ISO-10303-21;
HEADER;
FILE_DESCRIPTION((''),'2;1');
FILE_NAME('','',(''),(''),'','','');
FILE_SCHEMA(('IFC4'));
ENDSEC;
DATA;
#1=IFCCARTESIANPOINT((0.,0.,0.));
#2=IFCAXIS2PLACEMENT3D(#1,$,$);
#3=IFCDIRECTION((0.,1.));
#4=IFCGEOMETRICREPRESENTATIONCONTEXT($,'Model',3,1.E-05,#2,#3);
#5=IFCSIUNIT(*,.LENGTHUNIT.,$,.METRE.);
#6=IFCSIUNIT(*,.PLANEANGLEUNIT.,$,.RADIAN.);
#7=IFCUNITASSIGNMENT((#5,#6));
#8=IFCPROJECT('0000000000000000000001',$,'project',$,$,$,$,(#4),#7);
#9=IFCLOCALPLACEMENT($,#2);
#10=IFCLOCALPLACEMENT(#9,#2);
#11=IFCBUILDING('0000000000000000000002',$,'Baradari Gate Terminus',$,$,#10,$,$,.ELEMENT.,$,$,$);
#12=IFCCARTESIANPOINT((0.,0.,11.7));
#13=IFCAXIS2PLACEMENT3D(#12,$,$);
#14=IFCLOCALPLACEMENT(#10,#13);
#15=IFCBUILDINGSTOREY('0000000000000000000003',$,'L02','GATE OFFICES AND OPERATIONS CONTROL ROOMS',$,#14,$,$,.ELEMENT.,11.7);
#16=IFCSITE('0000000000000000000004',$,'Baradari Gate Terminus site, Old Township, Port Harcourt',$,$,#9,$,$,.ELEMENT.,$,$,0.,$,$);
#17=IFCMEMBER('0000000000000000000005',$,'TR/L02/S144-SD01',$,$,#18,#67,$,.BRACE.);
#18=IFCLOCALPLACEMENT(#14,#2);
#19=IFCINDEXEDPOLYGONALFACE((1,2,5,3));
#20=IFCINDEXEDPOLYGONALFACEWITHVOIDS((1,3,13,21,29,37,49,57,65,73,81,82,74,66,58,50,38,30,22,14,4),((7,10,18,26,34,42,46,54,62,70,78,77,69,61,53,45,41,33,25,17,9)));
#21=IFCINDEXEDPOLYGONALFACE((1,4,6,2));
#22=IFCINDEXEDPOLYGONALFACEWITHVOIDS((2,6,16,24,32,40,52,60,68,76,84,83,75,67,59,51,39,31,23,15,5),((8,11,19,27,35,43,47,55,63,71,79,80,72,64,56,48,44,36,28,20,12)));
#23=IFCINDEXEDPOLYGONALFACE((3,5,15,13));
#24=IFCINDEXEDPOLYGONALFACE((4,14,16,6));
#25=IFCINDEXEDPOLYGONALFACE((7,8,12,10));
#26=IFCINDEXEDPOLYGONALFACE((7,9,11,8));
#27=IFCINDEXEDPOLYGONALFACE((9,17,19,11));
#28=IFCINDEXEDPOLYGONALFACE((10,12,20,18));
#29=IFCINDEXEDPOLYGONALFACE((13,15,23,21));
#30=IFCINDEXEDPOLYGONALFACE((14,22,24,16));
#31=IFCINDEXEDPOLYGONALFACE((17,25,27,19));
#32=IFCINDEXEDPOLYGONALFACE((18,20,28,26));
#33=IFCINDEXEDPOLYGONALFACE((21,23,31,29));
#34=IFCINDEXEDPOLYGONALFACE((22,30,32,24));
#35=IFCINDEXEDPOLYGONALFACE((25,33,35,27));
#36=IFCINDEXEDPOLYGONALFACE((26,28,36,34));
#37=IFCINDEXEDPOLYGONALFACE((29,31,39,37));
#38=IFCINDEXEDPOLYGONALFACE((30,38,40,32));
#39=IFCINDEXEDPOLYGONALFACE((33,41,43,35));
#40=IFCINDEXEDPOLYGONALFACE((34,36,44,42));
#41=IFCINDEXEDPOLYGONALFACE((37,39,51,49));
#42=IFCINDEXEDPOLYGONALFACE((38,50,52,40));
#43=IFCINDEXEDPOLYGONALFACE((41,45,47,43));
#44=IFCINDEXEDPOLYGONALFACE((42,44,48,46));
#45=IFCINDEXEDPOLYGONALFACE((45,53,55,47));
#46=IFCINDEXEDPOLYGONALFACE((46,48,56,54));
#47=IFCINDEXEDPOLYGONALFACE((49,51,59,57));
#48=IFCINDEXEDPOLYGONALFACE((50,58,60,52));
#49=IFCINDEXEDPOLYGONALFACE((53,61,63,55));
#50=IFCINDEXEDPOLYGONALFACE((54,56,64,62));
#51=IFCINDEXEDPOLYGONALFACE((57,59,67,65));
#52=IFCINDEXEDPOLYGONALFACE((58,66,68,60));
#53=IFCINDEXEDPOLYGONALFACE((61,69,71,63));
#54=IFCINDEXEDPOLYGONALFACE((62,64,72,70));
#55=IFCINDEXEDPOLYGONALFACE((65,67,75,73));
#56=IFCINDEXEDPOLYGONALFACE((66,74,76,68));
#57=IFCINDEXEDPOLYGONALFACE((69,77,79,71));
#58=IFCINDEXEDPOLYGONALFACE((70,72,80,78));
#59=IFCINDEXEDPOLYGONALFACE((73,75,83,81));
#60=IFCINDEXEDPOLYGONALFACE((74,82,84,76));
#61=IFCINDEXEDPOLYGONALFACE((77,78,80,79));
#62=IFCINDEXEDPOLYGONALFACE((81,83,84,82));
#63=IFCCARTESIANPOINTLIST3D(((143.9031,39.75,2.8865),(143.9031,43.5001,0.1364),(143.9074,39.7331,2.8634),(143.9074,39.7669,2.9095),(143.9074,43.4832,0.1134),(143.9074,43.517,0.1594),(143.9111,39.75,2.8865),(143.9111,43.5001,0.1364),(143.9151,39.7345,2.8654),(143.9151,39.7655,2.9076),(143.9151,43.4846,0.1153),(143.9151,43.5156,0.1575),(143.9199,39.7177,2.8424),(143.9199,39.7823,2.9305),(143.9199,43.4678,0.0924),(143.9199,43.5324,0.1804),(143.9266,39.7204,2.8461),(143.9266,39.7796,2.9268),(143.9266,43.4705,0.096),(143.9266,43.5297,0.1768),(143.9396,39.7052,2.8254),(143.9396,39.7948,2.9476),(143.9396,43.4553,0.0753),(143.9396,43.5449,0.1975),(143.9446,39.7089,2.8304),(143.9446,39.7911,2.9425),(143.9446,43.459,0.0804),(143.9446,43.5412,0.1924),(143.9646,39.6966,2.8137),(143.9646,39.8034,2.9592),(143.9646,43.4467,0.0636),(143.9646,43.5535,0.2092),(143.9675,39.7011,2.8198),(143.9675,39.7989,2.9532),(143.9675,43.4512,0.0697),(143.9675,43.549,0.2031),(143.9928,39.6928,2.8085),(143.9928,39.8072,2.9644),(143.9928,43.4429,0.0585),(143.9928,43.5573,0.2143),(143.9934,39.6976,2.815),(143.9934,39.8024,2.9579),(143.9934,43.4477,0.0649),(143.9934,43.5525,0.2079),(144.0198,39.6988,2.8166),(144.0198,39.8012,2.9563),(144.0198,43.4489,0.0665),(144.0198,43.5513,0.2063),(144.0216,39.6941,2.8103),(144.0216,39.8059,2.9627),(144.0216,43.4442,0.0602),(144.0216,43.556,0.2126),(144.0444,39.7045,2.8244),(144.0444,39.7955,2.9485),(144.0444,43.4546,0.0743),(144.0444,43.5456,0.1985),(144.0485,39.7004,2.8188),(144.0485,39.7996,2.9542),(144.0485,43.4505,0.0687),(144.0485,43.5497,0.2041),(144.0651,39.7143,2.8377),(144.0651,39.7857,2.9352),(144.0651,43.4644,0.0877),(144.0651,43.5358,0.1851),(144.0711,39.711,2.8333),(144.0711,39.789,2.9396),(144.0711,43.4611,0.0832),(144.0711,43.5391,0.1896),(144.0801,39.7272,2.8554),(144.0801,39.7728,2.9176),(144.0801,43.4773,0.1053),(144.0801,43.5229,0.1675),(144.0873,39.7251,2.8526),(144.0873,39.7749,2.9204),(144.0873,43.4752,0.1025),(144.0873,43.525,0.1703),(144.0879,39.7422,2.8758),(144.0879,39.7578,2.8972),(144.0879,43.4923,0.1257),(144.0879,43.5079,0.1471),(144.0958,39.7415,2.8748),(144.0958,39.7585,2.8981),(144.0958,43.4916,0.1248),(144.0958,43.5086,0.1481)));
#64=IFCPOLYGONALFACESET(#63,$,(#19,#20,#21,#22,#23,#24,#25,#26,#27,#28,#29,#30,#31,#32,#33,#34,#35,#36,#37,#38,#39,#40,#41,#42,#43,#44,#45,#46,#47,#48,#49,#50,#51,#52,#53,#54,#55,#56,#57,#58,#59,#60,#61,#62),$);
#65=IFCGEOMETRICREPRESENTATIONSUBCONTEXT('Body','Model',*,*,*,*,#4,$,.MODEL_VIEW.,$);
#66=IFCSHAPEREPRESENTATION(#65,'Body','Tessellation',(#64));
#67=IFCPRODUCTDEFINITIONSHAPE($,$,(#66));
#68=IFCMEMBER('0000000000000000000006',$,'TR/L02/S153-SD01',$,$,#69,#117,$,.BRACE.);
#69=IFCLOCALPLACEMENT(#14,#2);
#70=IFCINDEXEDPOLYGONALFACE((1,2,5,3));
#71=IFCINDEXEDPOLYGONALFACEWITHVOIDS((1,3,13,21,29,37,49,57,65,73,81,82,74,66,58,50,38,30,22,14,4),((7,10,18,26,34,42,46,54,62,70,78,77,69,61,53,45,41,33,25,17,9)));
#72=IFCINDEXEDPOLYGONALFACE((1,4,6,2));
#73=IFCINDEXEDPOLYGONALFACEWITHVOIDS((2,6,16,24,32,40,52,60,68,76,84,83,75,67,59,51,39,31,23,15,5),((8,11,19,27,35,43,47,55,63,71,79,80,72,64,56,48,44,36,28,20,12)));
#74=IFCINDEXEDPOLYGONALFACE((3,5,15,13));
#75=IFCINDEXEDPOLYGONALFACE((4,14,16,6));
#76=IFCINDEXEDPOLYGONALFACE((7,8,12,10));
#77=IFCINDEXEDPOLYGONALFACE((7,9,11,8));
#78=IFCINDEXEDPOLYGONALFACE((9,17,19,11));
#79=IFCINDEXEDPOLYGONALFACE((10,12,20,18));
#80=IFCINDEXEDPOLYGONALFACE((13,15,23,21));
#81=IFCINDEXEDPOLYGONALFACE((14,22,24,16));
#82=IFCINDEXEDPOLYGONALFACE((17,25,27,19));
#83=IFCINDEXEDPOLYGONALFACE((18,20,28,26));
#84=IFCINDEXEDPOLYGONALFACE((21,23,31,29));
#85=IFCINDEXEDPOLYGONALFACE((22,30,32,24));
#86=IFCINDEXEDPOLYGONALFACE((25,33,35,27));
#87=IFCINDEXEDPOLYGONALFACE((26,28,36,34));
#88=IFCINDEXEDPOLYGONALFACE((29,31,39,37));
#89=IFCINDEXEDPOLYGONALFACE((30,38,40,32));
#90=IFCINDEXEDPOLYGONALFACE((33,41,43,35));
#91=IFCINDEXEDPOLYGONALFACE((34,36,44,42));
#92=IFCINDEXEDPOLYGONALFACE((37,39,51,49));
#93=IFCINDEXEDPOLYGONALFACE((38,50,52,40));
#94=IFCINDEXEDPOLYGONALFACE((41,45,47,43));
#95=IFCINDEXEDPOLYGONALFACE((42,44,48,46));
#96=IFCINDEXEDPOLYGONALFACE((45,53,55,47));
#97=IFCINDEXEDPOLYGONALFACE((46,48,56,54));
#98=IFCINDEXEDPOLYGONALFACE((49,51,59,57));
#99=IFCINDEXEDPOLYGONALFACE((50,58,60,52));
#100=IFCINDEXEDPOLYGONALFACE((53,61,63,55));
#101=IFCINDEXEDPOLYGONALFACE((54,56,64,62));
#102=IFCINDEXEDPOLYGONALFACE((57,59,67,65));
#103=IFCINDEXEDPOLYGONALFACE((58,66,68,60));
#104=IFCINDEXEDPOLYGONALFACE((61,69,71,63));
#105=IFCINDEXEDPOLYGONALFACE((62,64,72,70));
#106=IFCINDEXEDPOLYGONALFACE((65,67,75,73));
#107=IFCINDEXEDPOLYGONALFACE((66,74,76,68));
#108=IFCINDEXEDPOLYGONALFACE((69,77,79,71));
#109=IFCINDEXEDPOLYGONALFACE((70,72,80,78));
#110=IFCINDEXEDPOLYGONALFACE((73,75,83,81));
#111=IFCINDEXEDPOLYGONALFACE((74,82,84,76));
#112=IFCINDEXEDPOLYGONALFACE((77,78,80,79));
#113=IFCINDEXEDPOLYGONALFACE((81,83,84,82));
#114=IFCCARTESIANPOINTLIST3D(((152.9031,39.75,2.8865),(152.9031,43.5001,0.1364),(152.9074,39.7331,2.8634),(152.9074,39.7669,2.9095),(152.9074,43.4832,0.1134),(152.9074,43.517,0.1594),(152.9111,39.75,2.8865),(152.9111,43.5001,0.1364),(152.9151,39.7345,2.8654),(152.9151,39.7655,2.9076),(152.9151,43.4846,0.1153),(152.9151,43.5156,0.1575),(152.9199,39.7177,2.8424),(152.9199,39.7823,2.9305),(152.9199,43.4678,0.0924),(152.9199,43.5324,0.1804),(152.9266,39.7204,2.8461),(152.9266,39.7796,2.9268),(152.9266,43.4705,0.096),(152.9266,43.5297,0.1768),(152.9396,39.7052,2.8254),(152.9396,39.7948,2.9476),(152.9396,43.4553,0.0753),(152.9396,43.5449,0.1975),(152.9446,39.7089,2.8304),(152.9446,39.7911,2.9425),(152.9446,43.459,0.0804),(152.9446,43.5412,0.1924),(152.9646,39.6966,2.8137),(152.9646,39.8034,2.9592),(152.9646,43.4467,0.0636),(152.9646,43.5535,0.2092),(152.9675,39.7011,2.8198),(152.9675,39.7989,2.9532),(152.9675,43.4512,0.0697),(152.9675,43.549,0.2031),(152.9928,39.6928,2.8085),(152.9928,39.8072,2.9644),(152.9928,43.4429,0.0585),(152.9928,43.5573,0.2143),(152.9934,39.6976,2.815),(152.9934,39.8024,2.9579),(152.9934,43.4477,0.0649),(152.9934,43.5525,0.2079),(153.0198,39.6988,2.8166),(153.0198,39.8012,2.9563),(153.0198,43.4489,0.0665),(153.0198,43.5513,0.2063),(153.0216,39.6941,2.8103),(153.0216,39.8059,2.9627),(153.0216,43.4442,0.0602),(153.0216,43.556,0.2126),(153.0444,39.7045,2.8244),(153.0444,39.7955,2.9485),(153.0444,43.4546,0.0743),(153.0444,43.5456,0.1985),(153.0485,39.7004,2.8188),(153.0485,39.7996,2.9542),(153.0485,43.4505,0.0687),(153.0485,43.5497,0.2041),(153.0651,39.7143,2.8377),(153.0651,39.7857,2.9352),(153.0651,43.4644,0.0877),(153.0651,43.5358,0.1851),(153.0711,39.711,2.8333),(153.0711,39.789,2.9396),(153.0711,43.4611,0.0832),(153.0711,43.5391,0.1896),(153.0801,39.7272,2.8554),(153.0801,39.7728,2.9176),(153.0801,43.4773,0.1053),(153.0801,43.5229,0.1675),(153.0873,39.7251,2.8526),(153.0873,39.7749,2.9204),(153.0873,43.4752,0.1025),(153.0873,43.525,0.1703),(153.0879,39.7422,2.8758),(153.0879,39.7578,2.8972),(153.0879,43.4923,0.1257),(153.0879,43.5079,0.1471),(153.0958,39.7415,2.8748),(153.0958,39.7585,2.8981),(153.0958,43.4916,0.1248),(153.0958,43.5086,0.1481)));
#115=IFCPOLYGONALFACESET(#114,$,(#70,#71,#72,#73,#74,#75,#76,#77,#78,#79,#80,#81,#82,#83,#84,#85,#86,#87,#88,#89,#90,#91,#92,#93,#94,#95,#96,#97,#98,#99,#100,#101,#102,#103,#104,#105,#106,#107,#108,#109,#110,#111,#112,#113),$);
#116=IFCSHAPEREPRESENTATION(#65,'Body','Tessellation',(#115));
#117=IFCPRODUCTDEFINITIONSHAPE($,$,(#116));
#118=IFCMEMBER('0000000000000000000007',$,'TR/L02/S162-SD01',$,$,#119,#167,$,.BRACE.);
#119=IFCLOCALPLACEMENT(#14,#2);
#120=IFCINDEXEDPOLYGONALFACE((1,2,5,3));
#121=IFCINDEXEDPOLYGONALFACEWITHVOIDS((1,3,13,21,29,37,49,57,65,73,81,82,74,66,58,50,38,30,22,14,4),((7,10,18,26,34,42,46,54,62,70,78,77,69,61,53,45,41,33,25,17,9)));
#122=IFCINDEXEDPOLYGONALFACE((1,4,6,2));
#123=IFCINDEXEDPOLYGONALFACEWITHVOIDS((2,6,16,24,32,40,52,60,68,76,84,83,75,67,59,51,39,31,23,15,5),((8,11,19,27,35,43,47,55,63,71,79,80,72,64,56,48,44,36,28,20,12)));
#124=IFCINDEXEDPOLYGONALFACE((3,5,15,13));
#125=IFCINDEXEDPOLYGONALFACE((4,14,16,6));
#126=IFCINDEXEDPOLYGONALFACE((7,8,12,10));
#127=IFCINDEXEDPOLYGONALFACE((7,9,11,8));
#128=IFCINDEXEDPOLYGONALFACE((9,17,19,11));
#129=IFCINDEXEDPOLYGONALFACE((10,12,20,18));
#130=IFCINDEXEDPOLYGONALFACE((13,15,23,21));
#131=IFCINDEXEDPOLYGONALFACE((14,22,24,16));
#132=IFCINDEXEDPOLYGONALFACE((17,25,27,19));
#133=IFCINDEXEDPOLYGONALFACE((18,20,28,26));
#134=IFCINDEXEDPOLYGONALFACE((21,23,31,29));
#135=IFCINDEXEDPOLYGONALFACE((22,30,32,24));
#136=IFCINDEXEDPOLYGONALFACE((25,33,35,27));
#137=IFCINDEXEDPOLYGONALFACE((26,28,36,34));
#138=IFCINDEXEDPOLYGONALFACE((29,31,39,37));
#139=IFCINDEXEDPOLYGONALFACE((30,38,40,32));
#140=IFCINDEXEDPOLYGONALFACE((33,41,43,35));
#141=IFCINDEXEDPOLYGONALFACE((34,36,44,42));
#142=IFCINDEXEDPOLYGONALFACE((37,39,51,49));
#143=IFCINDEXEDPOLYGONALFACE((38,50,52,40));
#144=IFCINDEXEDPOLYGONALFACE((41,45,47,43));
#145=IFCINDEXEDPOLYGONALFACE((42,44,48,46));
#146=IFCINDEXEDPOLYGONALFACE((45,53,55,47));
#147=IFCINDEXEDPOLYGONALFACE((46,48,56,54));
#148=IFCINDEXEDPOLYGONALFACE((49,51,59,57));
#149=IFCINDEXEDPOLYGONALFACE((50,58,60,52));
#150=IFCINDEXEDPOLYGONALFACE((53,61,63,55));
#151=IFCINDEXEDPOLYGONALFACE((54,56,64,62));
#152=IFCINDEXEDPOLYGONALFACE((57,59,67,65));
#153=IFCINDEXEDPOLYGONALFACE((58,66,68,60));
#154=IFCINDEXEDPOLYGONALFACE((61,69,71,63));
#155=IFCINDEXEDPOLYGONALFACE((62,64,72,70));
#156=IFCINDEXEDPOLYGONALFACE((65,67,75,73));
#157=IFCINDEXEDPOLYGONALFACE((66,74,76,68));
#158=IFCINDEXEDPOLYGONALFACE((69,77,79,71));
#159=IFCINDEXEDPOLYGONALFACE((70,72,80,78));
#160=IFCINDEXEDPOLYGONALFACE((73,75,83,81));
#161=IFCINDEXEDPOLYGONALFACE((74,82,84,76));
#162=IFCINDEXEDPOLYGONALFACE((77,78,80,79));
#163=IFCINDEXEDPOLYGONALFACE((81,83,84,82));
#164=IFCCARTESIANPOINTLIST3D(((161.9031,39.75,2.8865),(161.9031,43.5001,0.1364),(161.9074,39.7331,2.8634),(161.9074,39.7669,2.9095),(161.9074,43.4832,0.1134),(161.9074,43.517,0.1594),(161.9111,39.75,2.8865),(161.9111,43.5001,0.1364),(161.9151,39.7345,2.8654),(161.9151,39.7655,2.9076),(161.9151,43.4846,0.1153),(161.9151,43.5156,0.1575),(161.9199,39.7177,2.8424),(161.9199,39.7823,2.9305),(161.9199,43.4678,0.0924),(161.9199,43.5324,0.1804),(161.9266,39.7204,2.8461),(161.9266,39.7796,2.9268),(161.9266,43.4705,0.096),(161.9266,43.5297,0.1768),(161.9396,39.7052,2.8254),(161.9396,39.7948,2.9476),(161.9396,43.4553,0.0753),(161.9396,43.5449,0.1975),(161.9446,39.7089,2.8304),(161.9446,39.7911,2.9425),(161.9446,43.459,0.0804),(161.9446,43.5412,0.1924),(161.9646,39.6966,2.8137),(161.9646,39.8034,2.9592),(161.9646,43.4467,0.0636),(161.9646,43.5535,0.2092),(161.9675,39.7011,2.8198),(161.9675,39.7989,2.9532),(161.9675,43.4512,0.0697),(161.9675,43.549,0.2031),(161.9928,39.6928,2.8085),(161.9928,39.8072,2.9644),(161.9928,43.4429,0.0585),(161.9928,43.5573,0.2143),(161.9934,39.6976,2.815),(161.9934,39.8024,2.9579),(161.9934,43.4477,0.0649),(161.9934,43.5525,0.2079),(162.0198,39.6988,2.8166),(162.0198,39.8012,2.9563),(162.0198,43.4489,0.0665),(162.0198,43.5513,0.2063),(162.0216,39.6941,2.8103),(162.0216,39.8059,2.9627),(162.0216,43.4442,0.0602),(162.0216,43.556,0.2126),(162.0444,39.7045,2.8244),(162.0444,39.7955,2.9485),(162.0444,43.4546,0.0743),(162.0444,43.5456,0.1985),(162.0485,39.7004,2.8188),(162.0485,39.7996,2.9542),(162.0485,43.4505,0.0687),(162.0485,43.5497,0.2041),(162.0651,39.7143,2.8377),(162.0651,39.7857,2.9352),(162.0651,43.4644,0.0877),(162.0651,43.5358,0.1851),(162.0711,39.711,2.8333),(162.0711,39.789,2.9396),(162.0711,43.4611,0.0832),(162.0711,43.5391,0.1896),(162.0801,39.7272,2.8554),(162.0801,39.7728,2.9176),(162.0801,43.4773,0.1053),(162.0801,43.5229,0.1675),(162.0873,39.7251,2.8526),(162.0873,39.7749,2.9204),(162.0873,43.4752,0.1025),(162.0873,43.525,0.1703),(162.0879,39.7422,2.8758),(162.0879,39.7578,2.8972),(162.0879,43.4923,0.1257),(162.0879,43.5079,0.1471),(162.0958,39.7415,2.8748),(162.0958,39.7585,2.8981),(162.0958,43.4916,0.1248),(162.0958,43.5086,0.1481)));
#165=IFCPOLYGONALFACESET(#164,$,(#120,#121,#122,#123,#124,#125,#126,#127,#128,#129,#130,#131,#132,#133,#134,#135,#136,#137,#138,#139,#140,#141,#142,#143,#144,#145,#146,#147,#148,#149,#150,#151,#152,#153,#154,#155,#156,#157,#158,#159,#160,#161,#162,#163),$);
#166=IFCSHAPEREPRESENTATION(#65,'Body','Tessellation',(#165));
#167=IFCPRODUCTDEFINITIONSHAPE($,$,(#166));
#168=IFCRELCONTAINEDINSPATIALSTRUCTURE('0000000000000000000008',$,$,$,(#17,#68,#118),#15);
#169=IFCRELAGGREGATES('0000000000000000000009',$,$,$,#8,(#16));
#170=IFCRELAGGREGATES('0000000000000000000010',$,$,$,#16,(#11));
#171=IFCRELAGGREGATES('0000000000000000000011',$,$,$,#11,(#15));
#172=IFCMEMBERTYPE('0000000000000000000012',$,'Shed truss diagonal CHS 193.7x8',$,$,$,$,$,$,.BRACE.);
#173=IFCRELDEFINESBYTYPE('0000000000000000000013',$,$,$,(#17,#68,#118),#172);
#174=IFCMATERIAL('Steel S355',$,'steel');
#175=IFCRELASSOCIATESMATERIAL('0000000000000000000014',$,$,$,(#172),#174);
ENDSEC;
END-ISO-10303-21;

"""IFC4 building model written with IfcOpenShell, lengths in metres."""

from ifc_helpers import new_model, si_unit, direction, frame, origin, origin_2d, place, context, subcontext, project, spatial, hollow_circle, extrude, material, material_profile, profile_set, type_object, element, save


model = new_model("IFC4")

# Units and contexts
model_context = context("Model", 3, precision=1e-05, world=origin(), true_north=direction((0.0, 1.0)))
body_context = subcontext(model_context, "Body", "Model", "MODEL_VIEW")
ifc_project = project(units=[si_unit("LENGTHUNIT", "METRE"), si_unit("PLANEANGLEUNIT", "RADIAN")], contexts=[model_context])

# Site, building, storey
site_placement = place(None, origin())
site = spatial("IfcSite", under=ifc_project, at=site_placement, Name="Baradari Gate Terminus site, Old Township, Port Harcourt", CompositionType="ELEMENT", RefElevation=0.0)
building_placement = place(site_placement, origin())
building = spatial("IfcBuilding", under=site, at=building_placement, Name="Baradari Gate Terminus", CompositionType="ELEMENT")
storey_placement = place(building_placement, frame((0.0, 0.0, 11.7)))
storey = spatial("IfcBuildingStorey", under=building, at=storey_placement, Name="L02", Description="GATE OFFICES AND OPERATIONS CONTROL ROOMS", CompositionType="ELEMENT", Elevation=11.7)

# Members
ifc_material_1 = material(Name="Steel S355", Category="steel")
ifc_material_profile_1 = material_profile(ifc_material_1, hollow_circle(Radius=0.0969, WallThickness=0.0081, at=origin_2d()), Name="CHS 193.7x8")
ifc_profile_set_1 = profile_set([ifc_material_profile_1], Name="Steel S355")
member_type_1 = type_object("IfcMemberType", Name="Shed truss diagonal CHS 193.7x8", PredefinedType="BRACE", material=ifc_profile_set_1)
for number, where, z_axis, x_axis, name in (
    (1, (144.0, 39.75, 2.8865), (0.0, 0.806405, -0.591364), (-1.0, 0.0, 0.0), "TR/L02/S144-SD01"),
    (2, (153.0, 39.75, 2.8865), (0.0, 0.806405, -0.591364), (-1.0, 0.0, 0.0), "TR/L02/S153-SD01"),
    (3, (162.0, 39.75, 2.8865), (0.0, 0.806405, -0.591364), (-1.0, 0.0, 0.0), "TR/L02/S162-SD01"),
):
    element("IfcMember", number, at=place(storey_placement, frame(where, z_axis=z_axis, x_axis=x_axis)), inside=storey, type_object=member_type_1, Name=name, PredefinedType="BRACE", context=body_context, shape_type="SweptSolid", body=[
        extrude(hollow_circle(Radius=0.0969, WallThickness=0.0081, at=origin_2d()), origin(), (0.0, 0.0, 1.0), 4.6504),
    ])

save(model, "model.ifc")
